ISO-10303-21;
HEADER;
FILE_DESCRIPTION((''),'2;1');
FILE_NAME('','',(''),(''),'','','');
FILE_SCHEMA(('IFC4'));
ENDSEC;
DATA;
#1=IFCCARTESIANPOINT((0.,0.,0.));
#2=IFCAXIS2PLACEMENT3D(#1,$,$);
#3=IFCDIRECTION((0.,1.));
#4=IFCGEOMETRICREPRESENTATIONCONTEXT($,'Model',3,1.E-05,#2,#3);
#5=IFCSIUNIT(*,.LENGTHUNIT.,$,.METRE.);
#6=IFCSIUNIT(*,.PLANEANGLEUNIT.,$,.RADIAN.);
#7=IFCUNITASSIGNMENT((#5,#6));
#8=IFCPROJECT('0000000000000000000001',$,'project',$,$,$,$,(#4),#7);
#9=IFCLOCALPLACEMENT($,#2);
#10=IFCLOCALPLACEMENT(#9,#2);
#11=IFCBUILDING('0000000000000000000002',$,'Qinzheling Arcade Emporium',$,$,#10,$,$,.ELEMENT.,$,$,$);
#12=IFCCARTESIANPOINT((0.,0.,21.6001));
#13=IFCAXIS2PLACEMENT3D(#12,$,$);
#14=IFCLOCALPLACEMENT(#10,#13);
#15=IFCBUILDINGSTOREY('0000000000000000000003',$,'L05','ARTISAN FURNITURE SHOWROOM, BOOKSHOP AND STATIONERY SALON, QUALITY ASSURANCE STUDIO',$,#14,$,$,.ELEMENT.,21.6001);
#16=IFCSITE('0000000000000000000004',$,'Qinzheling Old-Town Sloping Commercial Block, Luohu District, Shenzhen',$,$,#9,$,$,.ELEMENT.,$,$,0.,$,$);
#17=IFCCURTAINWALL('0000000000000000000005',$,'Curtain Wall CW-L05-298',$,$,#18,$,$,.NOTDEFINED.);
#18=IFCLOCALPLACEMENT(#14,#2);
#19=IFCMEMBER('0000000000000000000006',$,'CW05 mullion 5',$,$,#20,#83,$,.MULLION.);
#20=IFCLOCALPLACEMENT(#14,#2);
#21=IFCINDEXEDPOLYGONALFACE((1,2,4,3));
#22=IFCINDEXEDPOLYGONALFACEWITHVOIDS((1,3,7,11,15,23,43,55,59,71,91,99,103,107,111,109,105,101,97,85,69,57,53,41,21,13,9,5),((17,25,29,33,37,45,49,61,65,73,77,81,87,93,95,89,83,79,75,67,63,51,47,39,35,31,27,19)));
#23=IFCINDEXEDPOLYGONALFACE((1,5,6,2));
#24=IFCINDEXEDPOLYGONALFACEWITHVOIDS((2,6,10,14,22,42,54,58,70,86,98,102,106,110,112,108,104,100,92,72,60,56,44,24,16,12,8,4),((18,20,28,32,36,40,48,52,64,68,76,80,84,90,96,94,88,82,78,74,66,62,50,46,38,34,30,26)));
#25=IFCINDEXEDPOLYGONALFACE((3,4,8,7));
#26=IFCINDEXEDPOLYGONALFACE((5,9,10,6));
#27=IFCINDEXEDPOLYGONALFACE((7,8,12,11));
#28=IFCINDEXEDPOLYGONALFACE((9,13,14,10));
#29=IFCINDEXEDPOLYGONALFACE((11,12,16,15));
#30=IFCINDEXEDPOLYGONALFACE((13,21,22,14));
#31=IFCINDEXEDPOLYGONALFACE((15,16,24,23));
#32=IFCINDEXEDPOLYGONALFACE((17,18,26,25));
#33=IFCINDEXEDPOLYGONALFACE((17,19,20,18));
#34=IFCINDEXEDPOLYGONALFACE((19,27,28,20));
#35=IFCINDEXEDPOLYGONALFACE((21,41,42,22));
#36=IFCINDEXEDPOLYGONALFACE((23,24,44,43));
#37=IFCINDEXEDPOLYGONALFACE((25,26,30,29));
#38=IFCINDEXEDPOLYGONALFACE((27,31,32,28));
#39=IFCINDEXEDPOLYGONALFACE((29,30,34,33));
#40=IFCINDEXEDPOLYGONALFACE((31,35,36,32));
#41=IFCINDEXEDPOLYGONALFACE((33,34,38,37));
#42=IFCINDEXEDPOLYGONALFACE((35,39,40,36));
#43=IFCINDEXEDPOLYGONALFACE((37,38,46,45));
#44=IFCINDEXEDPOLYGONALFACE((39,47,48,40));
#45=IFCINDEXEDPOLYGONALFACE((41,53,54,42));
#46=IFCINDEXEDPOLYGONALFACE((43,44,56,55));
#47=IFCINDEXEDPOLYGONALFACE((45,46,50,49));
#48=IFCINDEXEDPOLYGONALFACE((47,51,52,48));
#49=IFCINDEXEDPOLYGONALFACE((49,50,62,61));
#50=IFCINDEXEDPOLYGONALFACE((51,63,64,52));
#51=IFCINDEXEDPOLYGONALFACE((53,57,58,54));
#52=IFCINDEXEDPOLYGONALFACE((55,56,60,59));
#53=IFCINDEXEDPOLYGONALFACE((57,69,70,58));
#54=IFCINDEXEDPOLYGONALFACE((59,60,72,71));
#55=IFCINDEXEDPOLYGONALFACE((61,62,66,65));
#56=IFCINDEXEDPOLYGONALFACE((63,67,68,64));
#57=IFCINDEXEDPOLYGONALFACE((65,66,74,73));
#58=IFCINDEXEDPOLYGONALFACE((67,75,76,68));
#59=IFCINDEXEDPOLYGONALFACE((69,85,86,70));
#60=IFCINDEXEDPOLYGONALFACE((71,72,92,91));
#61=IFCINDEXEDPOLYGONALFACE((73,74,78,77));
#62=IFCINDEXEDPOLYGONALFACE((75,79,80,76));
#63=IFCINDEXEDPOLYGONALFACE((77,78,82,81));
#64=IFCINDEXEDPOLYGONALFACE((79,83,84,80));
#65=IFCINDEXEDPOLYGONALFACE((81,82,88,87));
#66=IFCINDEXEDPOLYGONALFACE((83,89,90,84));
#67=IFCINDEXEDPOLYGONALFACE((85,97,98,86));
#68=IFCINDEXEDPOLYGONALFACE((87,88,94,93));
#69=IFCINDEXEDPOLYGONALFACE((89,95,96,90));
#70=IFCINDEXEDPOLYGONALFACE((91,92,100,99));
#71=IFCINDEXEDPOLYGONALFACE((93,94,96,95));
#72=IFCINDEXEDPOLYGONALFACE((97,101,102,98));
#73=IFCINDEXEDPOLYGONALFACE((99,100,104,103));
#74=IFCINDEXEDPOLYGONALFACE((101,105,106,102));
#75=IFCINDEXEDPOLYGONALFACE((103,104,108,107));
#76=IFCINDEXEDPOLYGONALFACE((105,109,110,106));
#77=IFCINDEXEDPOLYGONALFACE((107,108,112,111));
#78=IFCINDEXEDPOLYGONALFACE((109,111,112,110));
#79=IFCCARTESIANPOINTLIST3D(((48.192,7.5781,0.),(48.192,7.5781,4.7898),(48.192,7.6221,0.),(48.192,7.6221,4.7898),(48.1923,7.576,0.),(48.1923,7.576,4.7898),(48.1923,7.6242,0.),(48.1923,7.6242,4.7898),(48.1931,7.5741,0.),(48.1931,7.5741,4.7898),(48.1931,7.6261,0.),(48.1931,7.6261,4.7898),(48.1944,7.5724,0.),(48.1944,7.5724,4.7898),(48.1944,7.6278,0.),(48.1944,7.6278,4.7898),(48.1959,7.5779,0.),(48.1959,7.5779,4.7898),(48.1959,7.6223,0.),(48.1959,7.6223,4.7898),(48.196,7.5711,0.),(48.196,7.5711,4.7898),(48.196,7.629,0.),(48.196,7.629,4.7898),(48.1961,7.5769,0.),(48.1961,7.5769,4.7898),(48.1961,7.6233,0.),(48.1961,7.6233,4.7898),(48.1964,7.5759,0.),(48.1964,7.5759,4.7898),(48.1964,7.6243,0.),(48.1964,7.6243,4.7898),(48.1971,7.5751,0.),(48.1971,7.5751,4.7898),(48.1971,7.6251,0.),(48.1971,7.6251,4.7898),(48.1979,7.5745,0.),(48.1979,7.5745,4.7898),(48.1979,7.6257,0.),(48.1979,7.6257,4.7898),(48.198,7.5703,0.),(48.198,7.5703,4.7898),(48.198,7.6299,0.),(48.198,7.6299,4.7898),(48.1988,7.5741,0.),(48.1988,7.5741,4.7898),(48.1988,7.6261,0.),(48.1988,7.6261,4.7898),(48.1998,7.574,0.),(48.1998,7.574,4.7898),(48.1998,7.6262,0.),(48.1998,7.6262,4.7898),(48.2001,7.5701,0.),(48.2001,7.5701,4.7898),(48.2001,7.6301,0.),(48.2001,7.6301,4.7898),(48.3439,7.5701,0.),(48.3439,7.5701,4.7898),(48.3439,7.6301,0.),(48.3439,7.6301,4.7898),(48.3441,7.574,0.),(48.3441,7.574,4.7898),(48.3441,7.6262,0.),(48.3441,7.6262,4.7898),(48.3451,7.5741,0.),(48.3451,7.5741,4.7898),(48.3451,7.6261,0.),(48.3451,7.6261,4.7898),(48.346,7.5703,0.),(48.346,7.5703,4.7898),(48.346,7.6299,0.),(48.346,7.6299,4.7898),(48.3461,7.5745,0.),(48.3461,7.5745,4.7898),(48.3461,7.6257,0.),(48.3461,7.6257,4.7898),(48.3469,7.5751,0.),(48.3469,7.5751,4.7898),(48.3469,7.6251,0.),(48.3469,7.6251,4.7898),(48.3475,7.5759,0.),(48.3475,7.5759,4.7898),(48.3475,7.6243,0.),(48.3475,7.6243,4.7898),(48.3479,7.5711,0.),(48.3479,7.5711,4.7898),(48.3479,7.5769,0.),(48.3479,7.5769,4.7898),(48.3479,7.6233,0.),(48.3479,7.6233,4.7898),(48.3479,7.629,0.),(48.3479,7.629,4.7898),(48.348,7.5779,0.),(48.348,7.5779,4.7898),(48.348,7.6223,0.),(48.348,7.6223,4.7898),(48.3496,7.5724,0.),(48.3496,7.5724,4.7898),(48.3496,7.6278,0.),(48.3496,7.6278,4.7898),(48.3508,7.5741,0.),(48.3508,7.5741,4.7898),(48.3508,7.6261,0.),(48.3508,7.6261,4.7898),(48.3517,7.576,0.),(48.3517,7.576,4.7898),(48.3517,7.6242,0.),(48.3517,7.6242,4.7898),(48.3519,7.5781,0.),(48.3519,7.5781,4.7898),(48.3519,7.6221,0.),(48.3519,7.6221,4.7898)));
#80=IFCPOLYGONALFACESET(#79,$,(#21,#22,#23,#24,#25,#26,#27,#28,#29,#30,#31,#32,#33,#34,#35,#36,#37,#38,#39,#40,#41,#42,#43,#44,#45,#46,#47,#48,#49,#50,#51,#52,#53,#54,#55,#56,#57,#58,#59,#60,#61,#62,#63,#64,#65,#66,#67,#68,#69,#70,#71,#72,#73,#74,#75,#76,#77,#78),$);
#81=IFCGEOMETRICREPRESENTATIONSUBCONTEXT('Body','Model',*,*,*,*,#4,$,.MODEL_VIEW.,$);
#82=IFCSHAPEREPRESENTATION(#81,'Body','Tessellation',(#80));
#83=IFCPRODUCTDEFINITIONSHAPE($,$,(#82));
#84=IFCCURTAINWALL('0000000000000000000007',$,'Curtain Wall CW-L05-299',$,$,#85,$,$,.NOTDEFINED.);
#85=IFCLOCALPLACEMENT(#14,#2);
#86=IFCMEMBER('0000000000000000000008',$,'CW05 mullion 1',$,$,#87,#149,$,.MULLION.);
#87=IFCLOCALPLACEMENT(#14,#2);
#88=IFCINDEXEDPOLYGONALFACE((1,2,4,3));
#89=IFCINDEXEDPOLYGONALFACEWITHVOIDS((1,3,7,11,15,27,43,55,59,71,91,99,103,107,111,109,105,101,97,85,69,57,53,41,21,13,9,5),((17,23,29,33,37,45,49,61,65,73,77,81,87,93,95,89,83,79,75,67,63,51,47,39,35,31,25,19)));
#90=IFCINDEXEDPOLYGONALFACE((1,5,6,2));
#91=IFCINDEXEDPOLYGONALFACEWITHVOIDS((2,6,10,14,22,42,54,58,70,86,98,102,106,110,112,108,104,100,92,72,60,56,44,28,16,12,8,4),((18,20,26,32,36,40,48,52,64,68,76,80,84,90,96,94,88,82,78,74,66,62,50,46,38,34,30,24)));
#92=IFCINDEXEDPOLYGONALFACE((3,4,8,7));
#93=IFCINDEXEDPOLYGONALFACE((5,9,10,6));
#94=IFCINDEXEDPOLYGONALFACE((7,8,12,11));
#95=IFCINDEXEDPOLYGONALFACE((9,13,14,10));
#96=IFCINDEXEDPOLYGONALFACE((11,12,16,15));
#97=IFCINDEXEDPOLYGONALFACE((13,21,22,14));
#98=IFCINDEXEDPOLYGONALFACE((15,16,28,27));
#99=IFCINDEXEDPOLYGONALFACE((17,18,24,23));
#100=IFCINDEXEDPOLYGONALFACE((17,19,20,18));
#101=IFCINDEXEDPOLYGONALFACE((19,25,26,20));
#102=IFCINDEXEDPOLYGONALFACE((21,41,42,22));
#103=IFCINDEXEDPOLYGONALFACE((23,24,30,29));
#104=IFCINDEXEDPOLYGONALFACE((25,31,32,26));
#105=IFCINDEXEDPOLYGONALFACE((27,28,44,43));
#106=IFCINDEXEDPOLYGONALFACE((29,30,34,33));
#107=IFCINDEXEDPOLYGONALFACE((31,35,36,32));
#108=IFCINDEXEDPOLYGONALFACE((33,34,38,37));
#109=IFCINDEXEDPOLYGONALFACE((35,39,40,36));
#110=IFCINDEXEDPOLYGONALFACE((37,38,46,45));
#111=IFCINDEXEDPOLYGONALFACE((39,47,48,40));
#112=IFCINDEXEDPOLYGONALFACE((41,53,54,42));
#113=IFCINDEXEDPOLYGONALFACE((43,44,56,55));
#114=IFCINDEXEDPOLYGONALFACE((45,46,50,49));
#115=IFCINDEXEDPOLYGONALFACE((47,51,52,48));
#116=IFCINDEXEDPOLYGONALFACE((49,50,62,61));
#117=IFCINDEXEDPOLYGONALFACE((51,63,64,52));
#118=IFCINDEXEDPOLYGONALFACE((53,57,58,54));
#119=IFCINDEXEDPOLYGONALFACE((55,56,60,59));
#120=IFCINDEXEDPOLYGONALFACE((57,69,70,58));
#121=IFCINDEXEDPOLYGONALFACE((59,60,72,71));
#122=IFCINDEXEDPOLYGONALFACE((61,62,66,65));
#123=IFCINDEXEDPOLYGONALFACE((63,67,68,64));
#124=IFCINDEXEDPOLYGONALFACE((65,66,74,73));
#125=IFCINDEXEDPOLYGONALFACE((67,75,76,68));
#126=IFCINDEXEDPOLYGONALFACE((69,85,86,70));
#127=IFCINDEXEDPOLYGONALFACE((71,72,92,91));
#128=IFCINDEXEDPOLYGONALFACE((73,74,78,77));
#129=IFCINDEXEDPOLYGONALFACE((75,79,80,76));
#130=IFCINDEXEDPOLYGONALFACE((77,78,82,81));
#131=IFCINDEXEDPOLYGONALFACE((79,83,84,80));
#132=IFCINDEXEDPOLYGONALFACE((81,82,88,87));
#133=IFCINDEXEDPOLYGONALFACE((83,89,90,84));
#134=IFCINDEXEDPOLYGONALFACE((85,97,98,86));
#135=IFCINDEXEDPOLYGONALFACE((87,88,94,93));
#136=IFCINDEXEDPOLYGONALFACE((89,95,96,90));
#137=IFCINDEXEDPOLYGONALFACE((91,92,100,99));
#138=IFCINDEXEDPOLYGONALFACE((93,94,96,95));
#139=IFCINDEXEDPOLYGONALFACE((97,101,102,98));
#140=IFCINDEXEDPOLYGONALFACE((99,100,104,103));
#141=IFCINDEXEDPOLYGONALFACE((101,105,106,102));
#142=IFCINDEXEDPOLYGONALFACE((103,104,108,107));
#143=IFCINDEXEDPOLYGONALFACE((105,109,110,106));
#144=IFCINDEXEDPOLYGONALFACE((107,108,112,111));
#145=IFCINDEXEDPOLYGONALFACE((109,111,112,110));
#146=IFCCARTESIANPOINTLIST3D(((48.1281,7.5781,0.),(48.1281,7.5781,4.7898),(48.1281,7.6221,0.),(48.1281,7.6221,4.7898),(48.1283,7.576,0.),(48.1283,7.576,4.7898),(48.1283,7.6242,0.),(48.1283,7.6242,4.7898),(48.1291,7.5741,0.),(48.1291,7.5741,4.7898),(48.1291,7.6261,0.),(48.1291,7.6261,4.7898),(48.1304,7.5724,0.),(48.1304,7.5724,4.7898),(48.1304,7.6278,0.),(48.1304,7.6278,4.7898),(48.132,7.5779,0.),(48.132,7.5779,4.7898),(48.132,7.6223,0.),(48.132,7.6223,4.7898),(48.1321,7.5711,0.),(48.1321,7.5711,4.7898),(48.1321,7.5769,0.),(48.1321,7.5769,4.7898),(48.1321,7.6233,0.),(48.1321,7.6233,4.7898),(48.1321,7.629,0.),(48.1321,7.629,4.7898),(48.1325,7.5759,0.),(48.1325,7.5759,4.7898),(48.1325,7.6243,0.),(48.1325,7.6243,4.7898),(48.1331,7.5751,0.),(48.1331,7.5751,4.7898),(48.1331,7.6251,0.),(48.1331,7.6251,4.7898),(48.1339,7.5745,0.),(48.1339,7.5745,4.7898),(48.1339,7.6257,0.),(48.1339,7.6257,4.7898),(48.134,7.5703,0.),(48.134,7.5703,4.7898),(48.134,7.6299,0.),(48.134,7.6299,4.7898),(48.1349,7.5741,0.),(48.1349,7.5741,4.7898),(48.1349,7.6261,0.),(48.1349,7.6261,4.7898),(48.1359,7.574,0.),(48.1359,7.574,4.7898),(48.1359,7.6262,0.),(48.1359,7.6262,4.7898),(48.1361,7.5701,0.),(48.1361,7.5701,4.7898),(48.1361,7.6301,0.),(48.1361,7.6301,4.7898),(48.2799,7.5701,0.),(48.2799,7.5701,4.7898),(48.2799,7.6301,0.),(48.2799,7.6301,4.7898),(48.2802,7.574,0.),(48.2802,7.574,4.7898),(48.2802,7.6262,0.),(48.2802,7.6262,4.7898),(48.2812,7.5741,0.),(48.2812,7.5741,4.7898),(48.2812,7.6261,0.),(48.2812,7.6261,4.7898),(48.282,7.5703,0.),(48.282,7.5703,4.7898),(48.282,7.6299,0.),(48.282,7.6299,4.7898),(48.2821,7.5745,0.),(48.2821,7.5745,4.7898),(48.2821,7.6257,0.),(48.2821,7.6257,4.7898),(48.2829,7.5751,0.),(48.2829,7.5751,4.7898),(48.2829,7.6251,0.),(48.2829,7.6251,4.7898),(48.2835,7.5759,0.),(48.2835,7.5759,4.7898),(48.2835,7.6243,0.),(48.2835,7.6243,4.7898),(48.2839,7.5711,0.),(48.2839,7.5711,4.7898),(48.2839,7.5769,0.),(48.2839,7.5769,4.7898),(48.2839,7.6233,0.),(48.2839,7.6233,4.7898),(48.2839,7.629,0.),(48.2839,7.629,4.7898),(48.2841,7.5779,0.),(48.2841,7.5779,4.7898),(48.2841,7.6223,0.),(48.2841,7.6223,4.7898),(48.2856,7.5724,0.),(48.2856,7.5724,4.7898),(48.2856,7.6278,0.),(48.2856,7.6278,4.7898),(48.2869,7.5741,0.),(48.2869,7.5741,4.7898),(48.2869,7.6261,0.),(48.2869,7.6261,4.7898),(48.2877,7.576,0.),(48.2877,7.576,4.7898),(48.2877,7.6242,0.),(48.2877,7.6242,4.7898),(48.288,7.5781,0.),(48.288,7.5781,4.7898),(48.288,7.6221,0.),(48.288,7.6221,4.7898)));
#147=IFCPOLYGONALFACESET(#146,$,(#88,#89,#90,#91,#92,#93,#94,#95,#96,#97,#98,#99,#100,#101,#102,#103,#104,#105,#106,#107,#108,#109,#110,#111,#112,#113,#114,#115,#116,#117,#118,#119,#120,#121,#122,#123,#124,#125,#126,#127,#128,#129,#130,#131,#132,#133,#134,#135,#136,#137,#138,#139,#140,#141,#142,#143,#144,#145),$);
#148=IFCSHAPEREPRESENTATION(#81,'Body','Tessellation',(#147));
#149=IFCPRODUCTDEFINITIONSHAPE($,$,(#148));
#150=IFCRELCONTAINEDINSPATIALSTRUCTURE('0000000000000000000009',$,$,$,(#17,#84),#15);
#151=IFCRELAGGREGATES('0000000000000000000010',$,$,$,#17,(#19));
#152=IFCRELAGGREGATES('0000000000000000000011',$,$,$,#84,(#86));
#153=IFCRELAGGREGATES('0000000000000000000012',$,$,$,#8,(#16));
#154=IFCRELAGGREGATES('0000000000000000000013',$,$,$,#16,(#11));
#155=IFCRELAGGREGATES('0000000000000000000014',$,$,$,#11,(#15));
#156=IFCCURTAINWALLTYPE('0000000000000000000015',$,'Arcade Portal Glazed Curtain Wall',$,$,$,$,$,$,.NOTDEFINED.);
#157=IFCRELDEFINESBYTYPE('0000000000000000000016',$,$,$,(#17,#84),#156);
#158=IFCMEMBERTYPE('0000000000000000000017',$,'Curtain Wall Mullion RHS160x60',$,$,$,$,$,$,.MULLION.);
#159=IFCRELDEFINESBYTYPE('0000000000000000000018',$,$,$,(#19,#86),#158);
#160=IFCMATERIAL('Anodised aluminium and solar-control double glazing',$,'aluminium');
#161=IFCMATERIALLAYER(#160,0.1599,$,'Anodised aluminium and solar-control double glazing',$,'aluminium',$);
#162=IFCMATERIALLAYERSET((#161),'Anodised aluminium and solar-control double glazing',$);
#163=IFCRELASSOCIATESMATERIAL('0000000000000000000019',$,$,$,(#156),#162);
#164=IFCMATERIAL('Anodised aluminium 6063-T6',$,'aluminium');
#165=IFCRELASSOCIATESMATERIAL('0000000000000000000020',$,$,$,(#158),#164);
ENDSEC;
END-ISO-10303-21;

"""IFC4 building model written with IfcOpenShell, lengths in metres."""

from ifc_helpers import new_model, si_unit, direction, frame, origin, origin_2d, place, context, subcontext, project, spatial, hollow_rectangle, extrude, material, layer, layer_set, material_profile, profile_set, type_object, element, aggregate, save


model = new_model("IFC4")

# Units and contexts
model_context = context("Model", 3, precision=1e-05, world=origin(), true_north=direction((0.0, 1.0)))
body_context = subcontext(model_context, "Body", "Model", "MODEL_VIEW")
ifc_project = project(units=[si_unit("LENGTHUNIT", "METRE"), si_unit("PLANEANGLEUNIT", "RADIAN")], contexts=[model_context])

# Site, building, storey
site_placement = place(None, origin())
site = spatial("IfcSite", under=ifc_project, at=site_placement, Name="Qinzheling Old-Town Sloping Commercial Block, Luohu District, Shenzhen", CompositionType="ELEMENT", RefElevation=0.0)
building_placement = place(site_placement, origin())
building = spatial("IfcBuilding", under=site, at=building_placement, Name="Qinzheling Arcade Emporium", CompositionType="ELEMENT")
storey_placement = place(building_placement, frame((0.0, 0.0, 21.6001)))
storey = spatial("IfcBuildingStorey", under=building, at=storey_placement, Name="L05", Description="ARTISAN FURNITURE SHOWROOM, BOOKSHOP AND STATIONERY SALON, QUALITY ASSURANCE STUDIO", CompositionType="ELEMENT", Elevation=21.6001)

# Curtain wall, member
ifc_material_1 = material(Name="Anodised aluminium and solar-control double glazing", Category="aluminium")
ifc_layer_1 = layer(ifc_material_1, 0.1599, Name="Anodised aluminium and solar-control double glazing", Category="aluminium")
ifc_layer_set_1 = layer_set([ifc_layer_1], Name="Anodised aluminium and solar-control double glazing")
curtain_wall_type = type_object("IfcCurtainWallType", Name="Arcade Portal Glazed Curtain Wall", PredefinedType="NOTDEFINED", material=ifc_layer_set_1)
curtain_wall_1_placement = place(storey_placement, origin())
curtain_wall_1 = element("IfcCurtainWall", 1, at=curtain_wall_1_placement, inside=storey, type_object=curtain_wall_type, Name="Curtain Wall CW-L05-298", PredefinedType="NOTDEFINED")
ifc_material_2 = material(Name="Anodised aluminium 6063-T6", Category="aluminium")
ifc_material_profile_1 = material_profile(ifc_material_2, hollow_rectangle(XDim=0.0601, YDim=0.1599, WallThickness=0.0039, InnerFilletRadius=0.0039, OuterFilletRadius=0.0081, at=origin_2d()), Name="RHS 160x60x4", Category="aluminium")
ifc_profile_set_1 = profile_set([ifc_material_profile_1], Name="Anodised aluminium 6063-T6")
member_type_1 = type_object("IfcMemberType", Name="Curtain Wall Mullion RHS160x60", PredefinedType="MULLION", material=ifc_profile_set_1)
member_1_placement = place(storey_placement, frame((48.272, 7.6001, 0.0), z_axis=(0.0, 0.0, 1.0), x_axis=(0.0, -1.0, 0.0)))
member_1 = element("IfcMember", 2, at=member_1_placement, type_object=member_type_1, Name="CW05 mullion 5", PredefinedType="MULLION", context=body_context, shape_type="SweptSolid", body=[
    extrude(hollow_rectangle(XDim=0.0601, YDim=0.1599, WallThickness=0.0039, InnerFilletRadius=0.0039, OuterFilletRadius=0.0081, at=origin_2d()), origin(), (0.0, 0.0, 1.0), 4.7898),
])

# Curtain wall, member
curtain_wall_2_placement = place(storey_placement, origin())
curtain_wall_2 = element("IfcCurtainWall", 3, at=curtain_wall_2_placement, inside=storey, type_object=curtain_wall_type, Name="Curtain Wall CW-L05-299", PredefinedType="NOTDEFINED")
member_2_placement = place(storey_placement, frame((48.208, 7.6001, 0.0), z_axis=(0.0, 0.0, 1.0), x_axis=(0.0, -1.0, 0.0)))
member_2 = element("IfcMember", 4, at=member_2_placement, type_object=member_type_1, Name="CW05 mullion 1", PredefinedType="MULLION", context=body_context, shape_type="SweptSolid", body=[
    extrude(hollow_rectangle(XDim=0.0601, YDim=0.1599, WallThickness=0.0039, InnerFilletRadius=0.0039, OuterFilletRadius=0.0081, at=origin_2d()), origin(), (0.0, 0.0, 1.0), 4.7898),
])

aggregate(curtain_wall_1, [member_1])
aggregate(curtain_wall_2, [member_2])

save(model, "model.ifc")
